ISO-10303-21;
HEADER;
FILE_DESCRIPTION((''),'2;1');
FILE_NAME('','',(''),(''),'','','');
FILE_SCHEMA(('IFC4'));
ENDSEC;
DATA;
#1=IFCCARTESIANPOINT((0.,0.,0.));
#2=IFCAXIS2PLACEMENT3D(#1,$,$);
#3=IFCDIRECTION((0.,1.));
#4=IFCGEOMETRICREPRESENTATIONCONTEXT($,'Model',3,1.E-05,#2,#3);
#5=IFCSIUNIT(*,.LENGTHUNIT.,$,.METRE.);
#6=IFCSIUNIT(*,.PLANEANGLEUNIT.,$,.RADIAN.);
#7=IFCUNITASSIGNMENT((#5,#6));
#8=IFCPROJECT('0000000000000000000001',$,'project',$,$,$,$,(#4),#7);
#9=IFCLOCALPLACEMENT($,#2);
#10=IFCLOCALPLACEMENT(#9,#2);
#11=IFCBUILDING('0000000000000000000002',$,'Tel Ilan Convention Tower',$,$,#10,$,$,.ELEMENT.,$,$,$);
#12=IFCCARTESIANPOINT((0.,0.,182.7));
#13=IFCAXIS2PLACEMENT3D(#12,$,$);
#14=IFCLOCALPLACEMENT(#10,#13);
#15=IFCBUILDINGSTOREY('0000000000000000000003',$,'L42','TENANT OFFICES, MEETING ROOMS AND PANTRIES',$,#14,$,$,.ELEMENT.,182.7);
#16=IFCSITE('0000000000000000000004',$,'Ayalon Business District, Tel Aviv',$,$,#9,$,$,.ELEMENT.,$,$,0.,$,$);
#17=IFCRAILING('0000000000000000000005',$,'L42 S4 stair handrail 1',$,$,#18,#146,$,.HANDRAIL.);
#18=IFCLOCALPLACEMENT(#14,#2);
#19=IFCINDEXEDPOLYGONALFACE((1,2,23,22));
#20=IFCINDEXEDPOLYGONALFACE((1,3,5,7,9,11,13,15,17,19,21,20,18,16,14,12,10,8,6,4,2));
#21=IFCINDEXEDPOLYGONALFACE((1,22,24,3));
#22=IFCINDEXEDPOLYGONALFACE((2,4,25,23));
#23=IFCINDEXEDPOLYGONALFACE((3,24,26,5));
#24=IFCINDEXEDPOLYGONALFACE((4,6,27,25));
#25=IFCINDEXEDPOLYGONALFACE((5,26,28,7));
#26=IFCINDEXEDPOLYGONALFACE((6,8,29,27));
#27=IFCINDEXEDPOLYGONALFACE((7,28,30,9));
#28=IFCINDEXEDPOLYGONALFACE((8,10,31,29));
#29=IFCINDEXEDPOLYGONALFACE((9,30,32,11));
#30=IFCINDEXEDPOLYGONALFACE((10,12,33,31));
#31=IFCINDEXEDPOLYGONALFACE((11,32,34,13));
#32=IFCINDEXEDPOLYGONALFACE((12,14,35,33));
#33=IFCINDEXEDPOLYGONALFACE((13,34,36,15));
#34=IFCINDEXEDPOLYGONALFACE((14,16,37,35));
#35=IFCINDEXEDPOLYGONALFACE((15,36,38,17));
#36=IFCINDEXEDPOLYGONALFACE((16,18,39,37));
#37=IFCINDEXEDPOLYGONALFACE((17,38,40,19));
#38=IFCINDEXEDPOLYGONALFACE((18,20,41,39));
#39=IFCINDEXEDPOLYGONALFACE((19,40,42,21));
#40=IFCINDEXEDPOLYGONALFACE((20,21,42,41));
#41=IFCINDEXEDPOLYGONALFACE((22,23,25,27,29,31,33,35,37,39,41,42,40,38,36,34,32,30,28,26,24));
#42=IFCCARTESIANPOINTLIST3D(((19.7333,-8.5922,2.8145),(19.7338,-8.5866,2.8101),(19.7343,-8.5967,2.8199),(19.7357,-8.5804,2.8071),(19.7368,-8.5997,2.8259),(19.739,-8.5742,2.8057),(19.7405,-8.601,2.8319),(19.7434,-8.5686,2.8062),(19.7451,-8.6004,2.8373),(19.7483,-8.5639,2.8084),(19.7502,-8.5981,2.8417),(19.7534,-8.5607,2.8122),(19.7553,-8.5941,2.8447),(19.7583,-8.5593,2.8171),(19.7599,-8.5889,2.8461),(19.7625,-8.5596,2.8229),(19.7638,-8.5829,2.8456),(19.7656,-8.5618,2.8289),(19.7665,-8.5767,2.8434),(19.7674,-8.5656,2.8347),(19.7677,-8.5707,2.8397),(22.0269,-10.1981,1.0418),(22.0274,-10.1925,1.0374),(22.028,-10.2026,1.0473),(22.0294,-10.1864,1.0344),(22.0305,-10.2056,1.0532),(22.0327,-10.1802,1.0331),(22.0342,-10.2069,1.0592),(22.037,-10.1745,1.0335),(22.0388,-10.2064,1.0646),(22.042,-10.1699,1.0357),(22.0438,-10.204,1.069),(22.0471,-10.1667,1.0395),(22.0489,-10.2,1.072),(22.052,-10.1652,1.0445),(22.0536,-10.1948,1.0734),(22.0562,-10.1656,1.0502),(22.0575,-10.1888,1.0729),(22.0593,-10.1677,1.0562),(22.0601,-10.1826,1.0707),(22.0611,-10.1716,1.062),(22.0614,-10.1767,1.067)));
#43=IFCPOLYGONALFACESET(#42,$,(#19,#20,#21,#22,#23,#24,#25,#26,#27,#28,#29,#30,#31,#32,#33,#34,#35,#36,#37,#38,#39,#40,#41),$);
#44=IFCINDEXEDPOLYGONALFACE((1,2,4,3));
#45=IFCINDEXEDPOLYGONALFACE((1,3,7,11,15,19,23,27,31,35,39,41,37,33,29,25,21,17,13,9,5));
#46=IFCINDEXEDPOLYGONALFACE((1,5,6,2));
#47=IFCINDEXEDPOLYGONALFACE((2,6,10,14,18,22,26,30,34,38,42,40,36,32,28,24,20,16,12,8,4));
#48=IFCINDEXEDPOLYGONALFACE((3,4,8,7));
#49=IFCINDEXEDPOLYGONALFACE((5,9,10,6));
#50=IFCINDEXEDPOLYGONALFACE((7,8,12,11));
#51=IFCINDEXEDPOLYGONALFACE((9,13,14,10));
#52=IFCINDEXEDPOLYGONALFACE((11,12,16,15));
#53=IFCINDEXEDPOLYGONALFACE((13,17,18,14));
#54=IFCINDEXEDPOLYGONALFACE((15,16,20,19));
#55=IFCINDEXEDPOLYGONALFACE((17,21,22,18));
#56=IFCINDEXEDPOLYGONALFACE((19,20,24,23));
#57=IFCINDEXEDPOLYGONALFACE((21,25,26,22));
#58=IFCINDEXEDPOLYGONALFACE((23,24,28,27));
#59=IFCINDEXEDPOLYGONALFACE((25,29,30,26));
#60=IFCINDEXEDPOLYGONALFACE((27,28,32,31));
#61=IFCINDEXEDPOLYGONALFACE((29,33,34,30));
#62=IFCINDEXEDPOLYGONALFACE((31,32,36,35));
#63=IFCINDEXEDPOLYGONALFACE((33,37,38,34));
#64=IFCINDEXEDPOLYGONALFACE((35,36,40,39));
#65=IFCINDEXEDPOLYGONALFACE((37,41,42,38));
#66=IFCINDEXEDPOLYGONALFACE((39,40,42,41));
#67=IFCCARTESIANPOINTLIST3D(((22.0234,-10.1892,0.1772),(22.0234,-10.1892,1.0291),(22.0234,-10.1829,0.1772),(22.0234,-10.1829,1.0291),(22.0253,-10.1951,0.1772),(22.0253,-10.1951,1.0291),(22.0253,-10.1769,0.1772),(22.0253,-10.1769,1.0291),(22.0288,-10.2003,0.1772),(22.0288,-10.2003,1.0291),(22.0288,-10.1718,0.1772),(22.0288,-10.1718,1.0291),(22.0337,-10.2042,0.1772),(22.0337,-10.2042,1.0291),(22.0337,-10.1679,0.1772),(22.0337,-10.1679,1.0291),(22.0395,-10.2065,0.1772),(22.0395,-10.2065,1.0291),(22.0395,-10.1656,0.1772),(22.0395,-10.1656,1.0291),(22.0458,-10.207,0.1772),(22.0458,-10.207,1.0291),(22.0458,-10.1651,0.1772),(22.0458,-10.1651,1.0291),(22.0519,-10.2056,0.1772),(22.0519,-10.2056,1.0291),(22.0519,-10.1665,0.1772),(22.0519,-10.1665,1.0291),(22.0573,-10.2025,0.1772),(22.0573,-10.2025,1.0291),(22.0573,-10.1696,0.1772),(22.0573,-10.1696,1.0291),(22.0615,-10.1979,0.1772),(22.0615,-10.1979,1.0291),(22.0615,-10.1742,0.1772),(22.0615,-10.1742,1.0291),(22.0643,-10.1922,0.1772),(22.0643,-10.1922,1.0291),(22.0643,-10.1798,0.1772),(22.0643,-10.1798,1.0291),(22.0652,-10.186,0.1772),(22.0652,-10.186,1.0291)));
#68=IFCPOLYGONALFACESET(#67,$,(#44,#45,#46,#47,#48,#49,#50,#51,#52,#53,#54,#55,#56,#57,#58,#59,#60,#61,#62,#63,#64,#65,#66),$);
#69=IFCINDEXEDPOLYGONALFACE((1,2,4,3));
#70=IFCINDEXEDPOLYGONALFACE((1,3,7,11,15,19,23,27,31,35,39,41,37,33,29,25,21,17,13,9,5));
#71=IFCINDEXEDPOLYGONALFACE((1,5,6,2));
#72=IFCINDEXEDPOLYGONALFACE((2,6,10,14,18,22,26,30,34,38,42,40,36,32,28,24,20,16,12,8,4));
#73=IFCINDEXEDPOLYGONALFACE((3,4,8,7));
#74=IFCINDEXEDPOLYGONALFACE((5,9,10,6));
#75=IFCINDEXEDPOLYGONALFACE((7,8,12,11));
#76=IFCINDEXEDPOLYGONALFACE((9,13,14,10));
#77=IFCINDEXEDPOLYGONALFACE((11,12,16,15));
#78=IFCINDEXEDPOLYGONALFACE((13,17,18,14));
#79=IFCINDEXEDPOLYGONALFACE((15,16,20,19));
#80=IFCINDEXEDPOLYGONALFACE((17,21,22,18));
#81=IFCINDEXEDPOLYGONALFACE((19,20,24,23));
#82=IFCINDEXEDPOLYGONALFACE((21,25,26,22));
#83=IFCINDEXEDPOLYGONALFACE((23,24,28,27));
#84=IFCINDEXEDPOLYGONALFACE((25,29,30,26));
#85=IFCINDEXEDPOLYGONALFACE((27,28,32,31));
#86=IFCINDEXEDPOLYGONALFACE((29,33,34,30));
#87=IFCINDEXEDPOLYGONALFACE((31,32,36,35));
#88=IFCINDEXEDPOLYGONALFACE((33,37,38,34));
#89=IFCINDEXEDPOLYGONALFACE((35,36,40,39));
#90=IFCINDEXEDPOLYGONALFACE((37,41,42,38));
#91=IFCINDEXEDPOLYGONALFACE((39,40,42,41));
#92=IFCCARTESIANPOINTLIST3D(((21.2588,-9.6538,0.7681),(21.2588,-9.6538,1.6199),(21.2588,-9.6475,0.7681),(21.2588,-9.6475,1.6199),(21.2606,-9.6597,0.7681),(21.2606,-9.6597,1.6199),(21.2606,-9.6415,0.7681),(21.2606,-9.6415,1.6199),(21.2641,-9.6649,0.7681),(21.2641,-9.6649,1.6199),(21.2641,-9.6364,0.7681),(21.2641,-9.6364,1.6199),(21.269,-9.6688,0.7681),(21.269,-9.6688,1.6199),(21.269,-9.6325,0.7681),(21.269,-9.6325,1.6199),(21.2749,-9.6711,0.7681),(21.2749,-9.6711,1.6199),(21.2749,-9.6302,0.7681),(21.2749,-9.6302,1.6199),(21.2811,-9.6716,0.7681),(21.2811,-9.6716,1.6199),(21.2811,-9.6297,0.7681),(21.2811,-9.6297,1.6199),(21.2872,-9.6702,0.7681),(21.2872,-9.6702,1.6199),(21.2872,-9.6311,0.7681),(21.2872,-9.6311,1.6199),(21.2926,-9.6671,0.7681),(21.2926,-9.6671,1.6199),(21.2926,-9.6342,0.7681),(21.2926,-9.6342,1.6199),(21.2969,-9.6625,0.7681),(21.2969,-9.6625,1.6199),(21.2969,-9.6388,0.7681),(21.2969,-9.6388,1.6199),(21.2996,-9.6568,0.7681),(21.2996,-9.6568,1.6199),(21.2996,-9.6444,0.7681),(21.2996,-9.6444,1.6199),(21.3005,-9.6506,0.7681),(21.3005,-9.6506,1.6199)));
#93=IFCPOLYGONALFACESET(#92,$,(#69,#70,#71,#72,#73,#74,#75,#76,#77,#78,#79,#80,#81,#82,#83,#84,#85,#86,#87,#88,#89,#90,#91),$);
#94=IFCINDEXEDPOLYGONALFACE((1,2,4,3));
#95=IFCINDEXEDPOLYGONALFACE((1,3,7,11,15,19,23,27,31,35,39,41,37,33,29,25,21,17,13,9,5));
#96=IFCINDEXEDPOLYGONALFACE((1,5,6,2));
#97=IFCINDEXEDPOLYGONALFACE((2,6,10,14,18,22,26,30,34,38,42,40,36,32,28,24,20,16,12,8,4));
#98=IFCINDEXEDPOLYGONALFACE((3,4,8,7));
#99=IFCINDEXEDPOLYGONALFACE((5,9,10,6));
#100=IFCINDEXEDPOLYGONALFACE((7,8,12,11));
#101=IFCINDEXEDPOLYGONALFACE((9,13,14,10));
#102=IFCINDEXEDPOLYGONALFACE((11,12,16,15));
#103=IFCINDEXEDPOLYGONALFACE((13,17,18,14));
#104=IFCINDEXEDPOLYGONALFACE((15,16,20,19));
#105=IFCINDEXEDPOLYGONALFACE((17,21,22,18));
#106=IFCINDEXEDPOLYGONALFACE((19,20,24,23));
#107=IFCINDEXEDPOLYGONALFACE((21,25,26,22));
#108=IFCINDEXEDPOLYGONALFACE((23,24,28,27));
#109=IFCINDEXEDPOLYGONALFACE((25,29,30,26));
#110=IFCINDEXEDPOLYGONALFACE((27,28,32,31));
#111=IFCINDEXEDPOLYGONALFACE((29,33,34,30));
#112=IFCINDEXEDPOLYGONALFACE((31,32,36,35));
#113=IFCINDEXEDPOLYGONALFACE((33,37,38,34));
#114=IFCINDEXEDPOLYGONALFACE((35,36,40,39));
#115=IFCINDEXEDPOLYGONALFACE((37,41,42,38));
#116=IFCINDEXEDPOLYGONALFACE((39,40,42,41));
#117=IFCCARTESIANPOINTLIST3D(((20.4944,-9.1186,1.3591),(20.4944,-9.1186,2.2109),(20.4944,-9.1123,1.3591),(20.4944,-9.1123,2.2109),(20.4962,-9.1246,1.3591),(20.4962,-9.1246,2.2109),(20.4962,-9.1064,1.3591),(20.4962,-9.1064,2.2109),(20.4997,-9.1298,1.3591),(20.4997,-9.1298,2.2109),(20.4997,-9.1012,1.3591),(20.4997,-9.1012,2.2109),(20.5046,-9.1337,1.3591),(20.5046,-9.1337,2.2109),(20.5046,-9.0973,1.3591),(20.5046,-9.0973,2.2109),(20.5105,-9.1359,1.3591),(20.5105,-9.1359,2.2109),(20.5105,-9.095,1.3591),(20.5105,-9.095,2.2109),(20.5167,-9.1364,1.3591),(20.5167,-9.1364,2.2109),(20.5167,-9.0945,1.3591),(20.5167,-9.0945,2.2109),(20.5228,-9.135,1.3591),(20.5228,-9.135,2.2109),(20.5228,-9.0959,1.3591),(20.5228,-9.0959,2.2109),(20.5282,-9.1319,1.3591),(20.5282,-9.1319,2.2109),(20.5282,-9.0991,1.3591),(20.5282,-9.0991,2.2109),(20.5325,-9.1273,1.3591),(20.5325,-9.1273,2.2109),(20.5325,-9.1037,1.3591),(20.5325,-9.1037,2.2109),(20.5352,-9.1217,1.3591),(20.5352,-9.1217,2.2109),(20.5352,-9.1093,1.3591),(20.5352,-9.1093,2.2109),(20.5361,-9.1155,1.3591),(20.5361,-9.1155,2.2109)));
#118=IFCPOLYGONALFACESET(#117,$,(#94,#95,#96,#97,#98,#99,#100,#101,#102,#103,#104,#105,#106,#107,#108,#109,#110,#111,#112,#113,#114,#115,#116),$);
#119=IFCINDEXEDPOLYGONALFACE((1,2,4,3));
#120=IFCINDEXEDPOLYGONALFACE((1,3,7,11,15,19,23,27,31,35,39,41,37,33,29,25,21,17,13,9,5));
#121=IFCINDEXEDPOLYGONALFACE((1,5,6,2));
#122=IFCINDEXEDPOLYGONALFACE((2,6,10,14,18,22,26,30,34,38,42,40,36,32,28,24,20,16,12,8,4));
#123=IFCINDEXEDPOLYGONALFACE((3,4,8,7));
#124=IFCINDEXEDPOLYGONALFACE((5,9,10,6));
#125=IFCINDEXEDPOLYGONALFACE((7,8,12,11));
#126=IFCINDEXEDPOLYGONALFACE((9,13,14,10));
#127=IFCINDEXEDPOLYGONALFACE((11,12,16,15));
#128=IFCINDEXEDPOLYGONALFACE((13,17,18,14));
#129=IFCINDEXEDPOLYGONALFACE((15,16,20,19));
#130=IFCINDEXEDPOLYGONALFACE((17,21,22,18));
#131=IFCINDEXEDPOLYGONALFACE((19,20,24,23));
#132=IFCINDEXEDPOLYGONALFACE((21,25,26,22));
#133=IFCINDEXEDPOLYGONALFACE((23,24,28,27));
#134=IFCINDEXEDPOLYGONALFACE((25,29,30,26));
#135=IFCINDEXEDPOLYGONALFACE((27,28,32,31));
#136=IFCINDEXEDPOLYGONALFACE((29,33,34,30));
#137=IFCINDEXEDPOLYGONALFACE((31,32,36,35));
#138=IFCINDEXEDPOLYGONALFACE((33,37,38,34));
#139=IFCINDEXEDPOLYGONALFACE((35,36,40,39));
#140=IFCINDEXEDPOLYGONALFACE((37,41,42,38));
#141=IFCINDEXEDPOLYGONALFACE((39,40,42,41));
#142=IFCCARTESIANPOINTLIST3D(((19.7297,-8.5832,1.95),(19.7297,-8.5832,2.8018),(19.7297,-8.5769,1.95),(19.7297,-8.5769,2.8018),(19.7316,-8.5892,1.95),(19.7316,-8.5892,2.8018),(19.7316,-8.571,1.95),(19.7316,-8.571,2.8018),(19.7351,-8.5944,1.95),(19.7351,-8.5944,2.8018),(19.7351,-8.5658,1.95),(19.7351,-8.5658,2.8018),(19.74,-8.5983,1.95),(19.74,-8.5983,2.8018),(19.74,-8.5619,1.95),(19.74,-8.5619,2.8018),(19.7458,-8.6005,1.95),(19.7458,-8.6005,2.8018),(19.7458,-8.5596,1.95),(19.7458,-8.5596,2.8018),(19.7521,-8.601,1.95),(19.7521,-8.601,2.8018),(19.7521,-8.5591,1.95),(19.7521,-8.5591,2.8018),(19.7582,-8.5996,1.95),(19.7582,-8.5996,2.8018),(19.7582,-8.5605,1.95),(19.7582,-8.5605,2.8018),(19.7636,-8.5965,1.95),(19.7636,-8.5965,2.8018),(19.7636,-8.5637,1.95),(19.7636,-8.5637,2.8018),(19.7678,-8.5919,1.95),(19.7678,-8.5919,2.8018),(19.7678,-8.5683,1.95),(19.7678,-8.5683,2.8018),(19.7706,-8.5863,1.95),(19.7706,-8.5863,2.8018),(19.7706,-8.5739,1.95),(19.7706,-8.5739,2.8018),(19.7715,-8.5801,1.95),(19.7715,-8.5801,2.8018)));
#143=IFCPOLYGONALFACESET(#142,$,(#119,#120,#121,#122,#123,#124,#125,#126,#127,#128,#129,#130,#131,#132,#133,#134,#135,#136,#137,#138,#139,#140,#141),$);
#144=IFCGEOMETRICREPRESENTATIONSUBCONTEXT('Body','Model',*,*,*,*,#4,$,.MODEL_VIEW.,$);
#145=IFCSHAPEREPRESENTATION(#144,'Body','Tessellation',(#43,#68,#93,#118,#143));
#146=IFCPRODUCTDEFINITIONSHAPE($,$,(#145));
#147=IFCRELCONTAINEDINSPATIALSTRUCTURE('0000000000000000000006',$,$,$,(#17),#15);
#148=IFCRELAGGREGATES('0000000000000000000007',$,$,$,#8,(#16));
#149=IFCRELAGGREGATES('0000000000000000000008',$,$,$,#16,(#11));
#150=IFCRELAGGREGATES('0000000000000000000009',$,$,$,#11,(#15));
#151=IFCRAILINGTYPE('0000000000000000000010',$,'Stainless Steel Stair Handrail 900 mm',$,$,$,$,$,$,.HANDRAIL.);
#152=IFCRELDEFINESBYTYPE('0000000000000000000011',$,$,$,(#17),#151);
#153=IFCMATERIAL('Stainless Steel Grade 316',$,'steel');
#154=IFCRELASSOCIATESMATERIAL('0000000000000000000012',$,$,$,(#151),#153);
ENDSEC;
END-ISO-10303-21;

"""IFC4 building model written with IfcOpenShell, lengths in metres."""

from ifc_helpers import new_model, si_unit, direction, frame, origin, origin_2d, place, context, subcontext, project, spatial, circle, extrude, material, type_object, element, save


model = new_model("IFC4")

# Units and contexts
model_context = context("Model", 3, precision=1e-05, world=origin(), true_north=direction((0.0, 1.0)))
body_context = subcontext(model_context, "Body", "Model", "MODEL_VIEW")
ifc_project = project(units=[si_unit("LENGTHUNIT", "METRE"), si_unit("PLANEANGLEUNIT", "RADIAN")], contexts=[model_context])

# Site, building, storey
site_placement = place(None, origin())
site = spatial("IfcSite", under=ifc_project, at=site_placement, Name="Ayalon Business District, Tel Aviv", CompositionType="ELEMENT", RefElevation=0.0)
building_placement = place(site_placement, origin())
building = spatial("IfcBuilding", under=site, at=building_placement, Name="Tel Ilan Convention Tower", CompositionType="ELEMENT")
storey_placement = place(building_placement, frame((0.0, 0.0, 182.7)))
storey = spatial("IfcBuildingStorey", under=building, at=storey_placement, Name="L42", Description="TENANT OFFICES, MEETING ROOMS AND PANTRIES", CompositionType="ELEMENT", Elevation=182.7)

# Railing
ifc_material_1 = material(Name="Stainless Steel Grade 316", Category="steel")
railing_type_1 = type_object("IfcRailingType", Name="Stainless Steel Stair Handrail 900 mm", PredefinedType="HANDRAIL", material=ifc_material_1)
railing_1_placement = place(storey_placement, frame((22.0442, -10.186, 0.1772)))
element("IfcRailing", 1, at=railing_1_placement, inside=storey, type_object=railing_type_1, Name="L42 S4 stair handrail 1", PredefinedType="HANDRAIL", context=body_context, shape_type="SweptSolid", body=[
    extrude(circle(Radius=0.0239, at=origin_2d()), frame((0.0, 0.0, 0.876), z_axis=(-0.692123, 0.484597, 0.534913), x_axis=(-0.57355, -0.81917, 0.0)), (0.0, 0.0, 1.0), 3.314),
    extrude(circle(Radius=0.021, at=origin_2d()), origin(), (0.0, 0.0, 1.0), 0.8518),
    extrude(circle(Radius=0.021, at=origin_2d()), frame((-0.7646, 0.5354, 0.5908)), (0.0, 0.0, 1.0), 0.8518),
    extrude(circle(Radius=0.021, at=origin_2d()), frame((-1.5291, 1.0706, 1.1819)), (0.0, 0.0, 1.0), 0.8518),
    extrude(circle(Radius=0.021, at=origin_2d()), frame((-2.2937, 1.606, 1.7727)), (0.0, 0.0, 1.0), 0.8518),
])

save(model, "model.ifc")
